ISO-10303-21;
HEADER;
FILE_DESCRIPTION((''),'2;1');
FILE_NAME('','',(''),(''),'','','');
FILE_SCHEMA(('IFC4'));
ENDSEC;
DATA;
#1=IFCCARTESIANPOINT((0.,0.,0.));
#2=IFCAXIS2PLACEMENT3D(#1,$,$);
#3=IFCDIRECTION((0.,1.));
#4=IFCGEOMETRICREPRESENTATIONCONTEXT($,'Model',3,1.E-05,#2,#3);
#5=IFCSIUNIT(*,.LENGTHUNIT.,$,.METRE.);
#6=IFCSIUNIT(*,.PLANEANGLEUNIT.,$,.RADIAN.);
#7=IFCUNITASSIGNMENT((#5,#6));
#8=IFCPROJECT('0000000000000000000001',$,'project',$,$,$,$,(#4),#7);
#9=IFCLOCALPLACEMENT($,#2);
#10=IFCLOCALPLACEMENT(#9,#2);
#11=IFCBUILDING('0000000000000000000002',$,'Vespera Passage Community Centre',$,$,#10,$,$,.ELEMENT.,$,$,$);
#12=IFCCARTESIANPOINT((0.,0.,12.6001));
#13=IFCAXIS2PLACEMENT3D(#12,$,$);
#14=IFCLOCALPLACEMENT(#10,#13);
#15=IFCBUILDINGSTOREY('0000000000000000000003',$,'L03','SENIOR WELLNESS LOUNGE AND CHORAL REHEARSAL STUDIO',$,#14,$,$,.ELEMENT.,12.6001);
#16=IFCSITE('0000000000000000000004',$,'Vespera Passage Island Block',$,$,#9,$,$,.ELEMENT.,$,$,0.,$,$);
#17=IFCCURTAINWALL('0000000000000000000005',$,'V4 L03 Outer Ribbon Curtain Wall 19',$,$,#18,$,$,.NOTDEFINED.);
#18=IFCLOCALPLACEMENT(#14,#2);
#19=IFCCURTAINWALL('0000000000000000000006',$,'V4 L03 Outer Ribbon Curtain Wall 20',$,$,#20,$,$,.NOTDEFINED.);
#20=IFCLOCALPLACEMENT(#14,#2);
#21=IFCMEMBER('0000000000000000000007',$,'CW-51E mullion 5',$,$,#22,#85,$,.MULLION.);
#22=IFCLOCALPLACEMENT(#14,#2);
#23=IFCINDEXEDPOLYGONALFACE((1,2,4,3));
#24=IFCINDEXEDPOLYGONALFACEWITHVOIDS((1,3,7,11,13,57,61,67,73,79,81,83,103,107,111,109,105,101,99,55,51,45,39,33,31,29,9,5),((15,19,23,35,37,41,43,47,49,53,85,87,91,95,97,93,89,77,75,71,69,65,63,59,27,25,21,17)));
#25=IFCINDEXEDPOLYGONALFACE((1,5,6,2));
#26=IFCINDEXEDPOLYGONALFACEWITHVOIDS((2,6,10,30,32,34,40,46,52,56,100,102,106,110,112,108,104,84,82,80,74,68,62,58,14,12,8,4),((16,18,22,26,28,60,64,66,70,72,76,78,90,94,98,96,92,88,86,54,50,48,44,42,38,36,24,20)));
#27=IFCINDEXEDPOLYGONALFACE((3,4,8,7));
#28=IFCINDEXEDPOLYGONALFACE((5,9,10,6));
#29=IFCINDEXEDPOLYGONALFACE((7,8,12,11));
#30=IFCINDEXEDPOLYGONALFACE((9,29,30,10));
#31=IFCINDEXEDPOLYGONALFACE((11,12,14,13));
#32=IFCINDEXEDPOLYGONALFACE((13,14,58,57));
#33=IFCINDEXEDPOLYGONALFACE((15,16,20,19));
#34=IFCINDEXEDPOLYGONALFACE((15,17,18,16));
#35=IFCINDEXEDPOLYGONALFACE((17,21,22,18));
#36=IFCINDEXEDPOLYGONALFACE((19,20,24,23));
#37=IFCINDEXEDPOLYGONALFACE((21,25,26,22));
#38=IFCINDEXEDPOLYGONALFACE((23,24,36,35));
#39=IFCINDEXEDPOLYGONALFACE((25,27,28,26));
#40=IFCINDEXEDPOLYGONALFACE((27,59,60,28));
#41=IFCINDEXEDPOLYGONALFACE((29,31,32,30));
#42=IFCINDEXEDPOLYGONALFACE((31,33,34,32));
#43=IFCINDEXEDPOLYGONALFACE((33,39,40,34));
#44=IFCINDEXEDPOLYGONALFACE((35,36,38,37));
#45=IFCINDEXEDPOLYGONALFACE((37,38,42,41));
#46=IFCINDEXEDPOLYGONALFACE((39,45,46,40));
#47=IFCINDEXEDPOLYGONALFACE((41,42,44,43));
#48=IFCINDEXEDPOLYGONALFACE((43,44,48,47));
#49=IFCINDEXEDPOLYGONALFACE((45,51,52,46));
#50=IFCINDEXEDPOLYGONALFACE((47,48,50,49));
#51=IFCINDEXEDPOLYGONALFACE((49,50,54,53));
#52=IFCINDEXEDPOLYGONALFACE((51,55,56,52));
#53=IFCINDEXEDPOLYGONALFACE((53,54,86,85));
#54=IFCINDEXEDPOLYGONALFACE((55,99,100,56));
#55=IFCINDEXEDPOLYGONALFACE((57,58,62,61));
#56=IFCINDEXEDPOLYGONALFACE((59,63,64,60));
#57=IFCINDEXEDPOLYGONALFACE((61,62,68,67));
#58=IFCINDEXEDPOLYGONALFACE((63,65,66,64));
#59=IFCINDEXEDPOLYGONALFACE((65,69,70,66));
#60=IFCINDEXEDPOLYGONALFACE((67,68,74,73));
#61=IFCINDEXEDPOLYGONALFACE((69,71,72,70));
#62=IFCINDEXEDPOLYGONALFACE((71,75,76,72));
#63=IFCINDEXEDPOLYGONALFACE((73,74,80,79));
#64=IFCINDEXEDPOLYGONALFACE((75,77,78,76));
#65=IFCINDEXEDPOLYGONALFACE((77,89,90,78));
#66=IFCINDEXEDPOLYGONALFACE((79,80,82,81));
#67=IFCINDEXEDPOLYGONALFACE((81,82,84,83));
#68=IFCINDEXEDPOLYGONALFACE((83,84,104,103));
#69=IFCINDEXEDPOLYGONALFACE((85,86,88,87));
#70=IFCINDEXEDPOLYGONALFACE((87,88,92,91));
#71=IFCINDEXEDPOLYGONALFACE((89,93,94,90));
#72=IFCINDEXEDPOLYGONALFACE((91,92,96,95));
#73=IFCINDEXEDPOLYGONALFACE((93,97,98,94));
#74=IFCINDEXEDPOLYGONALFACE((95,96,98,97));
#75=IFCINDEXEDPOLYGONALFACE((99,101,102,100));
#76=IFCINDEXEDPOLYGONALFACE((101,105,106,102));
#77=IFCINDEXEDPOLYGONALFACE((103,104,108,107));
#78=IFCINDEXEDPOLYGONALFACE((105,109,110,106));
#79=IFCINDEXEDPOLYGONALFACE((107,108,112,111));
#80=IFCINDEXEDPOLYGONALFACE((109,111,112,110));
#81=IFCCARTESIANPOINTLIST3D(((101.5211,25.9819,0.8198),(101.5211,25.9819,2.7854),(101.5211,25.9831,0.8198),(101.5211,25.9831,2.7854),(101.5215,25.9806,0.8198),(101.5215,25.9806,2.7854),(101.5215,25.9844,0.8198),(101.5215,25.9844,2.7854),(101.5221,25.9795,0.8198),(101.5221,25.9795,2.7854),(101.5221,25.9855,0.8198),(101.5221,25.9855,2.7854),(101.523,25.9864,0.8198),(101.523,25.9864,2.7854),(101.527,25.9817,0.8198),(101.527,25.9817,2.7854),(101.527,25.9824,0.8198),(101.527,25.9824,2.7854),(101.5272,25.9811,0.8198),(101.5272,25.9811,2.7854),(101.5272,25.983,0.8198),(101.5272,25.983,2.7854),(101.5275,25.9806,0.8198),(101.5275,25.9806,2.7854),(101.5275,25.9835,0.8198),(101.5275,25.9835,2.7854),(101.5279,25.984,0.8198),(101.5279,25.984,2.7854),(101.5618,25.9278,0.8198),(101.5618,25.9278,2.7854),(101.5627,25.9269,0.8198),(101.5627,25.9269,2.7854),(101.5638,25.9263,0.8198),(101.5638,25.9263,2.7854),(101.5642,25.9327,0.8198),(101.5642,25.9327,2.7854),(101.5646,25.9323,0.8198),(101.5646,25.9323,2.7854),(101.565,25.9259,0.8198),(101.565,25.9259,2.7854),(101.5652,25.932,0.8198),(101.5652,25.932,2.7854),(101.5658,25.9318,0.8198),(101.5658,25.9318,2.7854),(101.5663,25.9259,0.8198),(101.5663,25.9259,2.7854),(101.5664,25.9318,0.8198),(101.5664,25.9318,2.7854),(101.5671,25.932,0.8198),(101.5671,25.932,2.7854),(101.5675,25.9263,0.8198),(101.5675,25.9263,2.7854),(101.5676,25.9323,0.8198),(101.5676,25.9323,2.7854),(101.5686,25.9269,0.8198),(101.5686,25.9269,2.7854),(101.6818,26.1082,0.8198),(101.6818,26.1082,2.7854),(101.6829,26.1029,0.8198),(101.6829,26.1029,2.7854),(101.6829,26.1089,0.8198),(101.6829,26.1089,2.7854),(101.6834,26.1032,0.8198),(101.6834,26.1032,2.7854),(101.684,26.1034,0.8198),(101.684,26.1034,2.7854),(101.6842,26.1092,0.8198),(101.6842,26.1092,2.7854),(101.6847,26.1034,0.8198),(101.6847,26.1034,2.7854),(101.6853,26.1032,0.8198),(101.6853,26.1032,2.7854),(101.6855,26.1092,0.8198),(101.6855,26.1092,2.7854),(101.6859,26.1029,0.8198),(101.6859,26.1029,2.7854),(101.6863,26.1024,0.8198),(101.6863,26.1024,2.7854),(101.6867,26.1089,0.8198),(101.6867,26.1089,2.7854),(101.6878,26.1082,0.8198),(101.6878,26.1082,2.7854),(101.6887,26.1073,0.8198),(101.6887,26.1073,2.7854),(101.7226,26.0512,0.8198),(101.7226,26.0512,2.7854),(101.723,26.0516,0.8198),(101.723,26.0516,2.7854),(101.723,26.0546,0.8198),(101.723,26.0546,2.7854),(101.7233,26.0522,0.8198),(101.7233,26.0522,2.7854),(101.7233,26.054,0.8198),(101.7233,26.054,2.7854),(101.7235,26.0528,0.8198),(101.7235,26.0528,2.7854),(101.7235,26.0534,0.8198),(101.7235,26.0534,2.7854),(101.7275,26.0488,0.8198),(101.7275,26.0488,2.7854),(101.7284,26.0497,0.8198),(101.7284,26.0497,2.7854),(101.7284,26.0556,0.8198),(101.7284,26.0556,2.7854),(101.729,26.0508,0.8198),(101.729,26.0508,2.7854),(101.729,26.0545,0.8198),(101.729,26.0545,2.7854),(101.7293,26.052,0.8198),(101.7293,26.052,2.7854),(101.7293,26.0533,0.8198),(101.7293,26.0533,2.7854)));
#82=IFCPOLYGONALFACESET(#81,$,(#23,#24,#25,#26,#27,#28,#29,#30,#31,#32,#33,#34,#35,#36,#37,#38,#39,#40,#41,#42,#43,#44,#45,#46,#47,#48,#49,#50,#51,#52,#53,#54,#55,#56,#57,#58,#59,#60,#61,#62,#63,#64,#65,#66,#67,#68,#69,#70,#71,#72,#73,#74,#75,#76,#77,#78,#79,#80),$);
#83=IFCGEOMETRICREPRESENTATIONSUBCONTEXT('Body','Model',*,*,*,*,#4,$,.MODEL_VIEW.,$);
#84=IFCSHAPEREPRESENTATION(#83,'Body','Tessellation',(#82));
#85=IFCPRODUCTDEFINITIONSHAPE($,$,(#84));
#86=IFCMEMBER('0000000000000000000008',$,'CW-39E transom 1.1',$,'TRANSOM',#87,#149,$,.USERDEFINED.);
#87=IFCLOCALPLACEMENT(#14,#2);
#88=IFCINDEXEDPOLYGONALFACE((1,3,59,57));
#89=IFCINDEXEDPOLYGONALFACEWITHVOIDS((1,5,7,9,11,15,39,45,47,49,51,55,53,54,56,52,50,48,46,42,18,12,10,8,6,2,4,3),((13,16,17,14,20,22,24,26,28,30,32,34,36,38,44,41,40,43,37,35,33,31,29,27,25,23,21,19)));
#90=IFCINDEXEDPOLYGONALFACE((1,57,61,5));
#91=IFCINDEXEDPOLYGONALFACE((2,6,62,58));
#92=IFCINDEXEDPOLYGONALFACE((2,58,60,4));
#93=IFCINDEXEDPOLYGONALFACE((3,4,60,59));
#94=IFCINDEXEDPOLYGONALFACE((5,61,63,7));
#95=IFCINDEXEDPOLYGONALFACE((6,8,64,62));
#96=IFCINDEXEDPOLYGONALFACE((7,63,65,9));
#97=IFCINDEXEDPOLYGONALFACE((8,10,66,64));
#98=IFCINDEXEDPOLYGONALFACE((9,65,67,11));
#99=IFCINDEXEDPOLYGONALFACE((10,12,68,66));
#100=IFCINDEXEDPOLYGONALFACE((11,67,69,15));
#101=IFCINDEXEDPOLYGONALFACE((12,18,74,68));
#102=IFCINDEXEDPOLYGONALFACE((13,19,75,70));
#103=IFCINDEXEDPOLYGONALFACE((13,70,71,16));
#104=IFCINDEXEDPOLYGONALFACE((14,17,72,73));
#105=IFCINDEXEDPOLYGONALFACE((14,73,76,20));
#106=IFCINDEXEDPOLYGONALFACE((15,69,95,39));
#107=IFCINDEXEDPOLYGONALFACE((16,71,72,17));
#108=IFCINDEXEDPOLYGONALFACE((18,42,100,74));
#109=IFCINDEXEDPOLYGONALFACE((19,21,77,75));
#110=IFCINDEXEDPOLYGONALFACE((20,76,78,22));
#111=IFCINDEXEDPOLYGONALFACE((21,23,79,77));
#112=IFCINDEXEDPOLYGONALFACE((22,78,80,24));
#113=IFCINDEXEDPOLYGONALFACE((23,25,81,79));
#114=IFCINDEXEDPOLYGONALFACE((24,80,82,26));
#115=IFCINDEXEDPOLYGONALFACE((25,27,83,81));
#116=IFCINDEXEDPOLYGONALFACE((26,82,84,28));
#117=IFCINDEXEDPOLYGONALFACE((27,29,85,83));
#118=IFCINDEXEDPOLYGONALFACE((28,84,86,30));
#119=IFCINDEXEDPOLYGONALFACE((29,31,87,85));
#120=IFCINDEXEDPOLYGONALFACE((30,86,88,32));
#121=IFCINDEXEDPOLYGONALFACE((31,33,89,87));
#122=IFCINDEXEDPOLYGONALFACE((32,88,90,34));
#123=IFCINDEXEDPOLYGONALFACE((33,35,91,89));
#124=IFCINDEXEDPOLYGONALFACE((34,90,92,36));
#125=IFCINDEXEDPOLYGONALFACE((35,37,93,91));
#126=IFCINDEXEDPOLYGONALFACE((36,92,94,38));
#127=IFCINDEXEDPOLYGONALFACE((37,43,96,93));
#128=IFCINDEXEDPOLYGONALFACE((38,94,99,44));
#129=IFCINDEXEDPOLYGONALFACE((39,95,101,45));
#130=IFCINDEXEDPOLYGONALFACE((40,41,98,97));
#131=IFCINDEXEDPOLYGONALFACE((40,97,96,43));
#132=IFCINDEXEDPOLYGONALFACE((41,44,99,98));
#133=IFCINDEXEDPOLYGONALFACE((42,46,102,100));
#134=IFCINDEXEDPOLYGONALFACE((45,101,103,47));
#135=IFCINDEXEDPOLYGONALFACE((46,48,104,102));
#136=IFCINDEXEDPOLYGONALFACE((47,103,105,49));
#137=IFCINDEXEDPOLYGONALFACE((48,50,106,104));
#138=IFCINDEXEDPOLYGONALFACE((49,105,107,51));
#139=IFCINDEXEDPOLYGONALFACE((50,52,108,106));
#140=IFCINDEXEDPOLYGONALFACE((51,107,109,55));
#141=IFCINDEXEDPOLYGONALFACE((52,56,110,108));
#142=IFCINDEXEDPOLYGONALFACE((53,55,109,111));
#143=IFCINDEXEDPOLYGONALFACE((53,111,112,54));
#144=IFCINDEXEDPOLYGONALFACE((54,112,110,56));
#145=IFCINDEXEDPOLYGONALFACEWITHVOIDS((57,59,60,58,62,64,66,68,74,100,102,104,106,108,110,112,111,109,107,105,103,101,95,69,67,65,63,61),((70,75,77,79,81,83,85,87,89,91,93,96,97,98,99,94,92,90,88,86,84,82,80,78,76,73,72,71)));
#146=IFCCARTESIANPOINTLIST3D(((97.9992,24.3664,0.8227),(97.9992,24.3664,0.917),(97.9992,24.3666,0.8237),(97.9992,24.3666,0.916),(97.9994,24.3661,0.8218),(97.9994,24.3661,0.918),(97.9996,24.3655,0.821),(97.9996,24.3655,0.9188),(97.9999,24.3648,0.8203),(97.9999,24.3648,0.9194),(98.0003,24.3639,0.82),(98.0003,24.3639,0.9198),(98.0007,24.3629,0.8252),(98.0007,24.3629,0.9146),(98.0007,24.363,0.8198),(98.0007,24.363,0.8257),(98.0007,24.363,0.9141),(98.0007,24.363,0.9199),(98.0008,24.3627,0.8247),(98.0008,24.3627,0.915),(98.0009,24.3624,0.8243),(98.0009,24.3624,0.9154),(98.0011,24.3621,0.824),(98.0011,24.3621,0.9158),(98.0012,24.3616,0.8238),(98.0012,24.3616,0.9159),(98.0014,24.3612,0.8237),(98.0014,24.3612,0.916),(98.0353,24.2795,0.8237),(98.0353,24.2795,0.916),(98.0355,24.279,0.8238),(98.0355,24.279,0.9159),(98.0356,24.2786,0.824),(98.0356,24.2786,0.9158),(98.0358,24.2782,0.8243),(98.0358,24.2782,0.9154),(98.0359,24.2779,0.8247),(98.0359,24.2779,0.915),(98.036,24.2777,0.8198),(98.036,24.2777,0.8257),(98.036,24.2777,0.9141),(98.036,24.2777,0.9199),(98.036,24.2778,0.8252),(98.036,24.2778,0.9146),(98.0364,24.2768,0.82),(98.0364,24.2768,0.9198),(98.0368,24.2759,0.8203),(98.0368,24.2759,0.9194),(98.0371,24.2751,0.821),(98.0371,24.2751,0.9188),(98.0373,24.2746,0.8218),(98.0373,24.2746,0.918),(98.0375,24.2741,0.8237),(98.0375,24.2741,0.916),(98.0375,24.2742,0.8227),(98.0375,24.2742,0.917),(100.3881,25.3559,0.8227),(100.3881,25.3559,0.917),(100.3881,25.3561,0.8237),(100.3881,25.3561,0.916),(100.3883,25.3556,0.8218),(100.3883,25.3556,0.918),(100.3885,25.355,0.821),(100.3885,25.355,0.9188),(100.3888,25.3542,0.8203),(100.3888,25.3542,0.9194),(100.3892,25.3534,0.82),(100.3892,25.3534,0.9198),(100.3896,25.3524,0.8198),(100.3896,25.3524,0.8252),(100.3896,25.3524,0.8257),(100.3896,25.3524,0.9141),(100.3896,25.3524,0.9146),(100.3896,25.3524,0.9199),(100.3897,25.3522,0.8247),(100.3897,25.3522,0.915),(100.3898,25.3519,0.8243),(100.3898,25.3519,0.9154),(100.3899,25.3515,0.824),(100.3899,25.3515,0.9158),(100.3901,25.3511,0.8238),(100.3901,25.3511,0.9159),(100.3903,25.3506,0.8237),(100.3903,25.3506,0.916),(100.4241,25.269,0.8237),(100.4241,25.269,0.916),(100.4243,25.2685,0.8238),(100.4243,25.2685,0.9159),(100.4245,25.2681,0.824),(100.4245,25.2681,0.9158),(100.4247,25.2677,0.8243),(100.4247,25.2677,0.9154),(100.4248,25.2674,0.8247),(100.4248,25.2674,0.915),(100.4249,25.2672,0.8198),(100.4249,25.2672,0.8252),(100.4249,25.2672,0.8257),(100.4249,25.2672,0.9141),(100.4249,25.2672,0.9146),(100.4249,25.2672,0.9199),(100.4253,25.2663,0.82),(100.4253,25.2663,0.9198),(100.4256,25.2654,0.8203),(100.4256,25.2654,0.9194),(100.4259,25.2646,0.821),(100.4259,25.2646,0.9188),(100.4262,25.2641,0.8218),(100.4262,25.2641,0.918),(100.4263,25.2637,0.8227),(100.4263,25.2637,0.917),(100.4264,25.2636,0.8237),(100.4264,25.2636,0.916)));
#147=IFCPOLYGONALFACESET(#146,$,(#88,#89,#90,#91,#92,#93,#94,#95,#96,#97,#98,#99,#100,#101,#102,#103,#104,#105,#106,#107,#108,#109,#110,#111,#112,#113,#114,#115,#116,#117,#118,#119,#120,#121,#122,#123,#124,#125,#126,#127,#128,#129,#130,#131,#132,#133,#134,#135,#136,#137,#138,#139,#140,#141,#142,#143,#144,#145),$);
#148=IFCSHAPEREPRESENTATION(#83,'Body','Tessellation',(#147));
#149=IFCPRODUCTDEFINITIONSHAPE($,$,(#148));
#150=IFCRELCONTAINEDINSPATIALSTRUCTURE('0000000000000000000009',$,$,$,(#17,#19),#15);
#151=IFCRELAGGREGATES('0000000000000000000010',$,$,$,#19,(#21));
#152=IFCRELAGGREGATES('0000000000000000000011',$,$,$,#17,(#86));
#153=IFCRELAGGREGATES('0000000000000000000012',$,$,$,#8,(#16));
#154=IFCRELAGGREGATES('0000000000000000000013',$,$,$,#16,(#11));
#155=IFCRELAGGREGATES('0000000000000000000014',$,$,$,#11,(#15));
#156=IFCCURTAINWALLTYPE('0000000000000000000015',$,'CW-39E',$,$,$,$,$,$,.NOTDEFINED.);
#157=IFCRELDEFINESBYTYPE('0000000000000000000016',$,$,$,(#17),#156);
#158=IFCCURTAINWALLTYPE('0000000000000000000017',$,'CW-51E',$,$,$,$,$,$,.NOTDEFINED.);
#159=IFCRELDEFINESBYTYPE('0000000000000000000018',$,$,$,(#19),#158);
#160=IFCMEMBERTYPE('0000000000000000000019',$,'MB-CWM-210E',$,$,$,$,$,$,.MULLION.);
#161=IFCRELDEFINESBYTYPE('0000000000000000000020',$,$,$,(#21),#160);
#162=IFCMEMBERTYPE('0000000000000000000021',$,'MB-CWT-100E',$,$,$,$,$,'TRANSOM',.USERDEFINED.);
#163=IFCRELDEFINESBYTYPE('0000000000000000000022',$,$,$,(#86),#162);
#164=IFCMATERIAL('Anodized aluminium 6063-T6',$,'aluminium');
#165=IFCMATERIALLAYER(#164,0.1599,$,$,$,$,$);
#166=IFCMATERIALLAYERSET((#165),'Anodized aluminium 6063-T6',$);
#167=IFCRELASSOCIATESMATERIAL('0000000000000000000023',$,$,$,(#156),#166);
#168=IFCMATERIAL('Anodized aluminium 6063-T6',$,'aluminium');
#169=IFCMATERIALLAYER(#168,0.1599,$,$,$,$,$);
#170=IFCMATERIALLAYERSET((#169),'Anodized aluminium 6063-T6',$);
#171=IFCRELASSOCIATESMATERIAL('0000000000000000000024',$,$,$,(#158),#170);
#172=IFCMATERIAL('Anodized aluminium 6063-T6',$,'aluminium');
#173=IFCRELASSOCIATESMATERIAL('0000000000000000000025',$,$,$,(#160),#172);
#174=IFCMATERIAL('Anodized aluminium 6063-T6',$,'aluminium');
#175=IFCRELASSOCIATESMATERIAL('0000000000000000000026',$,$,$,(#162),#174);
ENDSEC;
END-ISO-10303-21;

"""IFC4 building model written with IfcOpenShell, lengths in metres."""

from ifc_helpers import new_model, si_unit, direction, frame, origin, origin_2d, place, context, subcontext, project, spatial, hollow_rectangle, extrude, material, layer, layer_set, material_profile, profile_set, type_object, element, aggregate, save


model = new_model("IFC4")

# Units and contexts
model_context = context("Model", 3, precision=1e-05, world=origin(), true_north=direction((0.0, 1.0)))
body_context = subcontext(model_context, "Body", "Model", "MODEL_VIEW")
ifc_project = project(units=[si_unit("LENGTHUNIT", "METRE"), si_unit("PLANEANGLEUNIT", "RADIAN")], contexts=[model_context])

# Site, building, storey
site_placement = place(None, origin())
site = spatial("IfcSite", under=ifc_project, at=site_placement, Name="Vespera Passage Island Block", CompositionType="ELEMENT", RefElevation=0.0)
building_placement = place(site_placement, origin())
building = spatial("IfcBuilding", under=site, at=building_placement, Name="Vespera Passage Community Centre", CompositionType="ELEMENT")
storey_placement = place(building_placement, frame((0.0, 0.0, 12.6001)))
storey = spatial("IfcBuildingStorey", under=building, at=storey_placement, Name="L03", Description="SENIOR WELLNESS LOUNGE AND CHORAL REHEARSAL STUDIO", CompositionType="ELEMENT", Elevation=12.6001)

# Curtain wall
ifc_material_1 = material(Name="Anodized aluminium 6063-T6", Category="aluminium")
ifc_layer_1 = layer(ifc_material_1, 0.1599)
ifc_layer_set_1 = layer_set([ifc_layer_1], Name="Anodized aluminium 6063-T6")
curtain_wall_type_1 = type_object("IfcCurtainWallType", Name="CW-39E", PredefinedType="NOTDEFINED", material=ifc_layer_set_1)
curtain_wall_1_placement = place(storey_placement, origin())
curtain_wall_1 = element("IfcCurtainWall", 1, at=curtain_wall_1_placement, inside=storey, type_object=curtain_wall_type_1, Name="V4 L03 Outer Ribbon Curtain Wall 19", PredefinedType="NOTDEFINED")

# Curtain wall, member
ifc_material_2 = material(Name="Anodized aluminium 6063-T6", Category="aluminium")
ifc_layer_2 = layer(ifc_material_2, 0.1599)
ifc_layer_set_2 = layer_set([ifc_layer_2], Name="Anodized aluminium 6063-T6")
curtain_wall_type_2 = type_object("IfcCurtainWallType", Name="CW-51E", PredefinedType="NOTDEFINED", material=ifc_layer_set_2)
curtain_wall_2_placement = place(storey_placement, origin())
curtain_wall_2 = element("IfcCurtainWall", 2, at=curtain_wall_2_placement, inside=storey, type_object=curtain_wall_type_2, Name="V4 L03 Outer Ribbon Curtain Wall 20", PredefinedType="NOTDEFINED")
ifc_material_3 = material(Name="Anodized aluminium 6063-T6", Category="aluminium")
ifc_material_profile_1 = material_profile(ifc_material_3, hollow_rectangle(XDim=0.075, YDim=0.21, WallThickness=0.0049, InnerFilletRadius=0.0024, OuterFilletRadius=0.0049, at=origin_2d()), Name="ALU210X75X5")
ifc_profile_set_1 = profile_set([ifc_material_profile_1], Name="Anodized aluminium 6063-T6")
member_type_1 = type_object("IfcMemberType", Name="MB-CWM-210E", PredefinedType="MULLION", material=ifc_profile_set_1)
member_1_placement = place(storey_placement, frame((101.6252, 26.0176, 0.8198), z_axis=(0.0, 0.0, 1.0), x_axis=(0.608772, -0.793345, 0.0)))
member_1 = element("IfcMember", 3, at=member_1_placement, type_object=member_type_1, Name="CW-51E mullion 5", PredefinedType="MULLION", context=body_context, shape_type="SweptSolid", body=[
    extrude(hollow_rectangle(XDim=0.075, YDim=0.21, WallThickness=0.0049, InnerFilletRadius=0.0024, OuterFilletRadius=0.0049, at=origin_2d()), origin(), (0.0, 0.0, 1.0), 1.9656),
])
aggregate(curtain_wall_2, [member_1])

# Member
ifc_material_4 = material(Name="Anodized aluminium 6063-T6", Category="aluminium")
ifc_material_profile_2 = material_profile(ifc_material_4, hollow_rectangle(XDim=0.1001, YDim=0.1001, WallThickness=0.0039, InnerFilletRadius=0.002, OuterFilletRadius=0.0039, at=origin_2d()), Name="ALU100X100X4")
ifc_profile_set_2 = profile_set([ifc_material_profile_2], Name="Anodized aluminium 6063-T6")
member_type_2 = type_object("IfcMemberType", Name="MB-CWT-100E", ElementType="TRANSOM", PredefinedType="USERDEFINED", material=ifc_profile_set_2)
member_2_placement = place(storey_placement, frame((100.4072, 25.3098, 0.8699), z_axis=(-0.923882, -0.382677, 0.0), x_axis=(0.382677, -0.923882, 0.0)))
member_2 = element("IfcMember", 4, at=member_2_placement, type_object=member_type_2, Name="CW-39E transom 1.1", ObjectType="TRANSOM", PredefinedType="USERDEFINED", context=body_context, shape_type="SweptSolid", body=[
    extrude(hollow_rectangle(XDim=0.1001, YDim=0.1001, WallThickness=0.0039, InnerFilletRadius=0.002, OuterFilletRadius=0.0039, at=origin_2d()), origin(), (0.0, 0.0, 1.0), 2.5857),
])

aggregate(curtain_wall_1, [member_2])

save(model, "model.ifc")
